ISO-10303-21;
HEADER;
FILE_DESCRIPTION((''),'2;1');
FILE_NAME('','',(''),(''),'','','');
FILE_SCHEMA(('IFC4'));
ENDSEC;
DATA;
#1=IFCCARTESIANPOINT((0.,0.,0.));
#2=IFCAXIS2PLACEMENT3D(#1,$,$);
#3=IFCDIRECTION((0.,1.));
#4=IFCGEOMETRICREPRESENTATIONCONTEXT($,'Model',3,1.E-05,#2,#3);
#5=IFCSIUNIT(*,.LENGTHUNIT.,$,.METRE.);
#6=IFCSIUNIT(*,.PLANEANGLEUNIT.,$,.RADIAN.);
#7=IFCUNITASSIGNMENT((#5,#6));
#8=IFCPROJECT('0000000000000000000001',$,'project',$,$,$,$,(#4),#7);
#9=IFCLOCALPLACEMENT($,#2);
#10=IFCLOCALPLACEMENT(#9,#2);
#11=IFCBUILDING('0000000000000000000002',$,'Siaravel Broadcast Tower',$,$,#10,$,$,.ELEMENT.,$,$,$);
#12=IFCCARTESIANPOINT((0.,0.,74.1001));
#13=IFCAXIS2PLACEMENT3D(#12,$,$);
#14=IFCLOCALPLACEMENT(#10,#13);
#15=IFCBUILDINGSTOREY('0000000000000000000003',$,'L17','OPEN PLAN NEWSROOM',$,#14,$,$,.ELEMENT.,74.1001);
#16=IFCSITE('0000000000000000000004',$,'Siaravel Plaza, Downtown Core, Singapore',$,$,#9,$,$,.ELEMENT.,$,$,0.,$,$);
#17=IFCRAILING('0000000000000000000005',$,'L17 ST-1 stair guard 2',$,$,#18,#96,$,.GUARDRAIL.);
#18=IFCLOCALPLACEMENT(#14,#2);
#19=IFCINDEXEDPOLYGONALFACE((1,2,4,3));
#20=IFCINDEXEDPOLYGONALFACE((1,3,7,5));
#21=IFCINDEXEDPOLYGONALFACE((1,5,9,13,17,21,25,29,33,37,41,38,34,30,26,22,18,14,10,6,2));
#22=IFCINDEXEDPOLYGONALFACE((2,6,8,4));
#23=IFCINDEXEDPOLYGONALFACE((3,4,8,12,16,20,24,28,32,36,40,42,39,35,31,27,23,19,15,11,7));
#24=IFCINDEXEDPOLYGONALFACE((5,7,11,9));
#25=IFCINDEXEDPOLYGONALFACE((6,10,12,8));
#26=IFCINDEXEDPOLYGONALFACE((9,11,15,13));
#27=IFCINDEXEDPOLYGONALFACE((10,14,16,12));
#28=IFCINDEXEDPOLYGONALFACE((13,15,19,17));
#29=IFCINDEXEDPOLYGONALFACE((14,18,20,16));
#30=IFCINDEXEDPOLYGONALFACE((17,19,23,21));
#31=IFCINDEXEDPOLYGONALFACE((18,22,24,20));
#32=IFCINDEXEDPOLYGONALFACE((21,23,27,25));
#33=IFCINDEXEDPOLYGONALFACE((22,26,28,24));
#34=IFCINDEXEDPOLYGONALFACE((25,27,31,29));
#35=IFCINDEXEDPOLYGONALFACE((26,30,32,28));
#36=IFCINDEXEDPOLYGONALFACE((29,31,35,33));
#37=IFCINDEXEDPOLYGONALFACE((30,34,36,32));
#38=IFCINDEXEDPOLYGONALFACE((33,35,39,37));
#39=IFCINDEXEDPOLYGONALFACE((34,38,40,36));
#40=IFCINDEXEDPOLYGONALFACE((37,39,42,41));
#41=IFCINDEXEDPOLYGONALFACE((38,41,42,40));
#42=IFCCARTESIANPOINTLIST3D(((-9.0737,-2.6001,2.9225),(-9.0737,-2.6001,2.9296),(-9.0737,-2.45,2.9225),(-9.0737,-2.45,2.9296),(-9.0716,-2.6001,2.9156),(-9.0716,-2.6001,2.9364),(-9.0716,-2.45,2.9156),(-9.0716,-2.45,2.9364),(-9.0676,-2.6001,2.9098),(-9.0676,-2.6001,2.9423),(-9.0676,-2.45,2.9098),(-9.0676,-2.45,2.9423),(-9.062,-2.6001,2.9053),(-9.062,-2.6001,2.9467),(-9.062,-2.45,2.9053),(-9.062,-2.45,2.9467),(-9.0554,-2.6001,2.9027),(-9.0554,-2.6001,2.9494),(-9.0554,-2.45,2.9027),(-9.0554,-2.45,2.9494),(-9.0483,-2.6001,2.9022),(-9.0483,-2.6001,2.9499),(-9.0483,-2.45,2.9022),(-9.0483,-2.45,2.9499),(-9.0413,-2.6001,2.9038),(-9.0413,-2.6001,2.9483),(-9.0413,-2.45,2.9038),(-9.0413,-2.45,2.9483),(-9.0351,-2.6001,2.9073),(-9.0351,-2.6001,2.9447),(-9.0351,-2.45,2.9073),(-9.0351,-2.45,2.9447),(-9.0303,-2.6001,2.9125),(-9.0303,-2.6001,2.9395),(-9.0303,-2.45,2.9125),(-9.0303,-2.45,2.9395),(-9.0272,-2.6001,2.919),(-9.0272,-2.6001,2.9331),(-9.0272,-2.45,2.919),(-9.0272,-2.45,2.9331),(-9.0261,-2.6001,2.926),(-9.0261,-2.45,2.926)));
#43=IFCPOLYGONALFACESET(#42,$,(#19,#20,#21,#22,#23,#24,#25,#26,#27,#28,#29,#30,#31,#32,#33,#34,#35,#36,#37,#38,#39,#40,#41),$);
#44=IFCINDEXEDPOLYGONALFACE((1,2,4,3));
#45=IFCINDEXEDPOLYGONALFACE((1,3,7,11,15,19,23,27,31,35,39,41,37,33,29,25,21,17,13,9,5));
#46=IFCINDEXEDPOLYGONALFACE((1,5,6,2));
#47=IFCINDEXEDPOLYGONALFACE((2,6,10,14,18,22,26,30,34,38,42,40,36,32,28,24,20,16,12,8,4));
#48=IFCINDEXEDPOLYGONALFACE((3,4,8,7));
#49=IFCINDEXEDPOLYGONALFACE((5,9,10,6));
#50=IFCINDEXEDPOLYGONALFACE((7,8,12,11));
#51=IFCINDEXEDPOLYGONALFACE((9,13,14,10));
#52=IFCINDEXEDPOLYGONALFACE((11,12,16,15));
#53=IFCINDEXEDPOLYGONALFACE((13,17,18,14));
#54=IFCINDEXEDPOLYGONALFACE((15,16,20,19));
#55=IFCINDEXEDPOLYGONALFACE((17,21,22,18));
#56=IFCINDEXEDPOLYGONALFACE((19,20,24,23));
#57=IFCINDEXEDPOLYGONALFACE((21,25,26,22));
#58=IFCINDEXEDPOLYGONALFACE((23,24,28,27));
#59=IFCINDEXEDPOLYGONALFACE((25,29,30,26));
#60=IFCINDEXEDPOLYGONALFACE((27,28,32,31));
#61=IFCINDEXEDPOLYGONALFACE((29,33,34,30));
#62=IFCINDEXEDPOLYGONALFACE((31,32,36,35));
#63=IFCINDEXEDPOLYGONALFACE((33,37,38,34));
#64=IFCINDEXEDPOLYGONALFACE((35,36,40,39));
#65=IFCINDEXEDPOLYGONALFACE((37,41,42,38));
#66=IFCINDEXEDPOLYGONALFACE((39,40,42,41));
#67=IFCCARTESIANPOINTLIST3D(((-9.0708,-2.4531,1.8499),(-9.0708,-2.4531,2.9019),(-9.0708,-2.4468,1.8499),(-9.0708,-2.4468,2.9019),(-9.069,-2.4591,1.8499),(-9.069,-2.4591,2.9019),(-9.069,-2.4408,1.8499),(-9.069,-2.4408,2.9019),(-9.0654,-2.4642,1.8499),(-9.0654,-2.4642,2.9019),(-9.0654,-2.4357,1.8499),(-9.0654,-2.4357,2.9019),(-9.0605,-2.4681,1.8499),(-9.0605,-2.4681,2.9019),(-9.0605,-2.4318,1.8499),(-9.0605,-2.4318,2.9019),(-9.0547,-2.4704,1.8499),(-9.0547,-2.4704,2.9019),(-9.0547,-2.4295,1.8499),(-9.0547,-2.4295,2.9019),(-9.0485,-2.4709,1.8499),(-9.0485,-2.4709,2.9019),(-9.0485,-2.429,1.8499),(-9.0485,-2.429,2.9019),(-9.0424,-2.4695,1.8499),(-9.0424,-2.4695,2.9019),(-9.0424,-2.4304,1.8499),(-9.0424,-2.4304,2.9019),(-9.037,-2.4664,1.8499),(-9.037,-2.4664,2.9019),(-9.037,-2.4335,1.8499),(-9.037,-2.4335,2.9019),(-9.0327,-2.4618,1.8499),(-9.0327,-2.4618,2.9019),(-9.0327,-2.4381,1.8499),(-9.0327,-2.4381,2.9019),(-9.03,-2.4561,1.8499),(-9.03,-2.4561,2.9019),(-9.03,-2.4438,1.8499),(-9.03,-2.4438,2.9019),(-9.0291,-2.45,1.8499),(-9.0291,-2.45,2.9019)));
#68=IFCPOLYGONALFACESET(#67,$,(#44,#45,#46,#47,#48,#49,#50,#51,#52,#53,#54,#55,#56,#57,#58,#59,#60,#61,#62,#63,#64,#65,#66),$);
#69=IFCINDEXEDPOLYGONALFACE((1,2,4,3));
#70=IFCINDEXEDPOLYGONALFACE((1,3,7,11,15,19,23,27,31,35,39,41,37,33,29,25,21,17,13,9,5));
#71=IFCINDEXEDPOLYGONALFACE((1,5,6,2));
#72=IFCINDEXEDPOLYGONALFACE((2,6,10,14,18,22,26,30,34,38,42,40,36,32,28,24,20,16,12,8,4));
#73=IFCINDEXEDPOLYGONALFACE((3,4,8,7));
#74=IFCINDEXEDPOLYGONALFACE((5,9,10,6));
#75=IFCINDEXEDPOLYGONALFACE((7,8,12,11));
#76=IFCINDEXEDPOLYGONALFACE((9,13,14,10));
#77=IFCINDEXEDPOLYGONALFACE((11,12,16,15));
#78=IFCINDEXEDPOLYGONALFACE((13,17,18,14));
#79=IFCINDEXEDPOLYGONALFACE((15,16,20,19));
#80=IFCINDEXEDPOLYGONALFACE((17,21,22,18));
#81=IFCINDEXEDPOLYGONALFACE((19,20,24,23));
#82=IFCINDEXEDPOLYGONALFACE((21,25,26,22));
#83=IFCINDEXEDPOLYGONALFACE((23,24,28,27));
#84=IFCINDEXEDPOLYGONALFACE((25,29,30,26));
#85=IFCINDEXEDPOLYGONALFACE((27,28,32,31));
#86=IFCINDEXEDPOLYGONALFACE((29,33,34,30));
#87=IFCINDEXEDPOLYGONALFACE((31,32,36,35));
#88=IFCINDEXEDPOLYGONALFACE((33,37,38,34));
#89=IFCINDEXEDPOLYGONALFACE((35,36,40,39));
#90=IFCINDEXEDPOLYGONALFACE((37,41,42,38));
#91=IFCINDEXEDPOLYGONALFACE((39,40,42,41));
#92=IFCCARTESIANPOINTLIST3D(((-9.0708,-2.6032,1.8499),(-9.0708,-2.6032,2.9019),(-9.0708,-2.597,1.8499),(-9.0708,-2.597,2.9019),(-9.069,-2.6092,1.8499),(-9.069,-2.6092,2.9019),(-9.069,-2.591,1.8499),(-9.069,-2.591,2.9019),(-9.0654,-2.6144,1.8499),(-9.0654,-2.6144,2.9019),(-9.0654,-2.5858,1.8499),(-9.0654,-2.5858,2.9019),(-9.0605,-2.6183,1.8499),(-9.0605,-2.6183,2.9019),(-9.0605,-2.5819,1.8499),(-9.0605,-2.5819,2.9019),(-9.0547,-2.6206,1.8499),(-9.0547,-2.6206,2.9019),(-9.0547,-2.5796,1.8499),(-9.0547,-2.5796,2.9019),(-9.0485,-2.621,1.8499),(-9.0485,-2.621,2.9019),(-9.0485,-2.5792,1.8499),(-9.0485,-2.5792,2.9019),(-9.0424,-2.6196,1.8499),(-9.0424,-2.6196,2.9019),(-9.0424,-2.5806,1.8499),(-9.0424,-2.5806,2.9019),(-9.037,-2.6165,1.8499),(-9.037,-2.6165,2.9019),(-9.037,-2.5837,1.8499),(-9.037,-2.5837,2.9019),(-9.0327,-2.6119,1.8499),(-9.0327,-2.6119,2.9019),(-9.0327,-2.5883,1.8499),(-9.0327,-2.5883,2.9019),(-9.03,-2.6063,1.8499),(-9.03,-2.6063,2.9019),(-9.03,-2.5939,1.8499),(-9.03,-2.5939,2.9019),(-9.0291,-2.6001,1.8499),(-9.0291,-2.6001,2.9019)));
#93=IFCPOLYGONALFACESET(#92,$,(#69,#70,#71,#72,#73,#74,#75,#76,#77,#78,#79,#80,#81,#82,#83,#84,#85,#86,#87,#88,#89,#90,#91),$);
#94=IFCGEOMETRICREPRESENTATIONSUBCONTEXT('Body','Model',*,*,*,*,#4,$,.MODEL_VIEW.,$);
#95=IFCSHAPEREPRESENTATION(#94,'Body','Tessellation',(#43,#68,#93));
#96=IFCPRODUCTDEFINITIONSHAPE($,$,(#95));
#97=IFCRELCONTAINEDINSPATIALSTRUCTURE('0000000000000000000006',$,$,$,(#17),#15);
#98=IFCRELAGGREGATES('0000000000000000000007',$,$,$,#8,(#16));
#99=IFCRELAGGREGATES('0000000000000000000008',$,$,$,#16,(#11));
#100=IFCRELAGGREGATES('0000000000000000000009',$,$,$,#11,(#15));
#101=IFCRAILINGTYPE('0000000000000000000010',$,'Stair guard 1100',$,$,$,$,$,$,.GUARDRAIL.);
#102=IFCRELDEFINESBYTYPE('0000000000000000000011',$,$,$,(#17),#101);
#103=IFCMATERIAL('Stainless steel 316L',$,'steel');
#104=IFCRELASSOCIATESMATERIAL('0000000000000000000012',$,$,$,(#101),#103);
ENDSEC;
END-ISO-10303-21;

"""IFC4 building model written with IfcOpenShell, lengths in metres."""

from ifc_helpers import new_model, si_unit, direction, frame, origin, origin_2d, place, context, subcontext, project, spatial, circle, extrude, material, type_object, element, save


model = new_model("IFC4")

# Units and contexts
model_context = context("Model", 3, precision=1e-05, world=origin(), true_north=direction((0.0, 1.0)))
body_context = subcontext(model_context, "Body", "Model", "MODEL_VIEW")
ifc_project = project(units=[si_unit("LENGTHUNIT", "METRE"), si_unit("PLANEANGLEUNIT", "RADIAN")], contexts=[model_context])

# Site, building, storey
site_placement = place(None, origin())
site = spatial("IfcSite", under=ifc_project, at=site_placement, Name="Siaravel Plaza, Downtown Core, Singapore", CompositionType="ELEMENT", RefElevation=0.0)
building_placement = place(site_placement, origin())
building = spatial("IfcBuilding", under=site, at=building_placement, Name="Siaravel Broadcast Tower", CompositionType="ELEMENT")
storey_placement = place(building_placement, frame((0.0, 0.0, 74.1001)))
storey = spatial("IfcBuildingStorey", under=building, at=storey_placement, Name="L17", Description="OPEN PLAN NEWSROOM", CompositionType="ELEMENT", Elevation=74.1001)

# Railing
ifc_material_1 = material(Name="Stainless steel 316L", Category="steel")
railing_type_1 = type_object("IfcRailingType", Name="Stair guard 1100", PredefinedType="GUARDRAIL", material=ifc_material_1)
railing_1_placement = place(storey_placement, frame((-9.05, -2.45, 1.8499)))
element("IfcRailing", 1, at=railing_1_placement, inside=storey, type_object=railing_type_1, Name="L17 ST-1 stair guard 2", PredefinedType="GUARDRAIL", context=body_context, shape_type="SweptSolid", body=[
    extrude(circle(Radius=0.0239, at=origin_2d()), frame((0.0, 0.0, 1.0762), z_axis=(0.0, -1.0, 0.0), x_axis=(1.0, 0.0, 0.0)), (0.0, 0.0, 1.0), 0.1501),
    extrude(circle(Radius=0.021, at=origin_2d()), origin(), (0.0, 0.0, 1.0), 1.052),
    extrude(circle(Radius=0.021, at=origin_2d()), frame((0.0, -0.1501, 0.0)), (0.0, 0.0, 1.0), 1.052),
])

save(model, "model.ifc")
